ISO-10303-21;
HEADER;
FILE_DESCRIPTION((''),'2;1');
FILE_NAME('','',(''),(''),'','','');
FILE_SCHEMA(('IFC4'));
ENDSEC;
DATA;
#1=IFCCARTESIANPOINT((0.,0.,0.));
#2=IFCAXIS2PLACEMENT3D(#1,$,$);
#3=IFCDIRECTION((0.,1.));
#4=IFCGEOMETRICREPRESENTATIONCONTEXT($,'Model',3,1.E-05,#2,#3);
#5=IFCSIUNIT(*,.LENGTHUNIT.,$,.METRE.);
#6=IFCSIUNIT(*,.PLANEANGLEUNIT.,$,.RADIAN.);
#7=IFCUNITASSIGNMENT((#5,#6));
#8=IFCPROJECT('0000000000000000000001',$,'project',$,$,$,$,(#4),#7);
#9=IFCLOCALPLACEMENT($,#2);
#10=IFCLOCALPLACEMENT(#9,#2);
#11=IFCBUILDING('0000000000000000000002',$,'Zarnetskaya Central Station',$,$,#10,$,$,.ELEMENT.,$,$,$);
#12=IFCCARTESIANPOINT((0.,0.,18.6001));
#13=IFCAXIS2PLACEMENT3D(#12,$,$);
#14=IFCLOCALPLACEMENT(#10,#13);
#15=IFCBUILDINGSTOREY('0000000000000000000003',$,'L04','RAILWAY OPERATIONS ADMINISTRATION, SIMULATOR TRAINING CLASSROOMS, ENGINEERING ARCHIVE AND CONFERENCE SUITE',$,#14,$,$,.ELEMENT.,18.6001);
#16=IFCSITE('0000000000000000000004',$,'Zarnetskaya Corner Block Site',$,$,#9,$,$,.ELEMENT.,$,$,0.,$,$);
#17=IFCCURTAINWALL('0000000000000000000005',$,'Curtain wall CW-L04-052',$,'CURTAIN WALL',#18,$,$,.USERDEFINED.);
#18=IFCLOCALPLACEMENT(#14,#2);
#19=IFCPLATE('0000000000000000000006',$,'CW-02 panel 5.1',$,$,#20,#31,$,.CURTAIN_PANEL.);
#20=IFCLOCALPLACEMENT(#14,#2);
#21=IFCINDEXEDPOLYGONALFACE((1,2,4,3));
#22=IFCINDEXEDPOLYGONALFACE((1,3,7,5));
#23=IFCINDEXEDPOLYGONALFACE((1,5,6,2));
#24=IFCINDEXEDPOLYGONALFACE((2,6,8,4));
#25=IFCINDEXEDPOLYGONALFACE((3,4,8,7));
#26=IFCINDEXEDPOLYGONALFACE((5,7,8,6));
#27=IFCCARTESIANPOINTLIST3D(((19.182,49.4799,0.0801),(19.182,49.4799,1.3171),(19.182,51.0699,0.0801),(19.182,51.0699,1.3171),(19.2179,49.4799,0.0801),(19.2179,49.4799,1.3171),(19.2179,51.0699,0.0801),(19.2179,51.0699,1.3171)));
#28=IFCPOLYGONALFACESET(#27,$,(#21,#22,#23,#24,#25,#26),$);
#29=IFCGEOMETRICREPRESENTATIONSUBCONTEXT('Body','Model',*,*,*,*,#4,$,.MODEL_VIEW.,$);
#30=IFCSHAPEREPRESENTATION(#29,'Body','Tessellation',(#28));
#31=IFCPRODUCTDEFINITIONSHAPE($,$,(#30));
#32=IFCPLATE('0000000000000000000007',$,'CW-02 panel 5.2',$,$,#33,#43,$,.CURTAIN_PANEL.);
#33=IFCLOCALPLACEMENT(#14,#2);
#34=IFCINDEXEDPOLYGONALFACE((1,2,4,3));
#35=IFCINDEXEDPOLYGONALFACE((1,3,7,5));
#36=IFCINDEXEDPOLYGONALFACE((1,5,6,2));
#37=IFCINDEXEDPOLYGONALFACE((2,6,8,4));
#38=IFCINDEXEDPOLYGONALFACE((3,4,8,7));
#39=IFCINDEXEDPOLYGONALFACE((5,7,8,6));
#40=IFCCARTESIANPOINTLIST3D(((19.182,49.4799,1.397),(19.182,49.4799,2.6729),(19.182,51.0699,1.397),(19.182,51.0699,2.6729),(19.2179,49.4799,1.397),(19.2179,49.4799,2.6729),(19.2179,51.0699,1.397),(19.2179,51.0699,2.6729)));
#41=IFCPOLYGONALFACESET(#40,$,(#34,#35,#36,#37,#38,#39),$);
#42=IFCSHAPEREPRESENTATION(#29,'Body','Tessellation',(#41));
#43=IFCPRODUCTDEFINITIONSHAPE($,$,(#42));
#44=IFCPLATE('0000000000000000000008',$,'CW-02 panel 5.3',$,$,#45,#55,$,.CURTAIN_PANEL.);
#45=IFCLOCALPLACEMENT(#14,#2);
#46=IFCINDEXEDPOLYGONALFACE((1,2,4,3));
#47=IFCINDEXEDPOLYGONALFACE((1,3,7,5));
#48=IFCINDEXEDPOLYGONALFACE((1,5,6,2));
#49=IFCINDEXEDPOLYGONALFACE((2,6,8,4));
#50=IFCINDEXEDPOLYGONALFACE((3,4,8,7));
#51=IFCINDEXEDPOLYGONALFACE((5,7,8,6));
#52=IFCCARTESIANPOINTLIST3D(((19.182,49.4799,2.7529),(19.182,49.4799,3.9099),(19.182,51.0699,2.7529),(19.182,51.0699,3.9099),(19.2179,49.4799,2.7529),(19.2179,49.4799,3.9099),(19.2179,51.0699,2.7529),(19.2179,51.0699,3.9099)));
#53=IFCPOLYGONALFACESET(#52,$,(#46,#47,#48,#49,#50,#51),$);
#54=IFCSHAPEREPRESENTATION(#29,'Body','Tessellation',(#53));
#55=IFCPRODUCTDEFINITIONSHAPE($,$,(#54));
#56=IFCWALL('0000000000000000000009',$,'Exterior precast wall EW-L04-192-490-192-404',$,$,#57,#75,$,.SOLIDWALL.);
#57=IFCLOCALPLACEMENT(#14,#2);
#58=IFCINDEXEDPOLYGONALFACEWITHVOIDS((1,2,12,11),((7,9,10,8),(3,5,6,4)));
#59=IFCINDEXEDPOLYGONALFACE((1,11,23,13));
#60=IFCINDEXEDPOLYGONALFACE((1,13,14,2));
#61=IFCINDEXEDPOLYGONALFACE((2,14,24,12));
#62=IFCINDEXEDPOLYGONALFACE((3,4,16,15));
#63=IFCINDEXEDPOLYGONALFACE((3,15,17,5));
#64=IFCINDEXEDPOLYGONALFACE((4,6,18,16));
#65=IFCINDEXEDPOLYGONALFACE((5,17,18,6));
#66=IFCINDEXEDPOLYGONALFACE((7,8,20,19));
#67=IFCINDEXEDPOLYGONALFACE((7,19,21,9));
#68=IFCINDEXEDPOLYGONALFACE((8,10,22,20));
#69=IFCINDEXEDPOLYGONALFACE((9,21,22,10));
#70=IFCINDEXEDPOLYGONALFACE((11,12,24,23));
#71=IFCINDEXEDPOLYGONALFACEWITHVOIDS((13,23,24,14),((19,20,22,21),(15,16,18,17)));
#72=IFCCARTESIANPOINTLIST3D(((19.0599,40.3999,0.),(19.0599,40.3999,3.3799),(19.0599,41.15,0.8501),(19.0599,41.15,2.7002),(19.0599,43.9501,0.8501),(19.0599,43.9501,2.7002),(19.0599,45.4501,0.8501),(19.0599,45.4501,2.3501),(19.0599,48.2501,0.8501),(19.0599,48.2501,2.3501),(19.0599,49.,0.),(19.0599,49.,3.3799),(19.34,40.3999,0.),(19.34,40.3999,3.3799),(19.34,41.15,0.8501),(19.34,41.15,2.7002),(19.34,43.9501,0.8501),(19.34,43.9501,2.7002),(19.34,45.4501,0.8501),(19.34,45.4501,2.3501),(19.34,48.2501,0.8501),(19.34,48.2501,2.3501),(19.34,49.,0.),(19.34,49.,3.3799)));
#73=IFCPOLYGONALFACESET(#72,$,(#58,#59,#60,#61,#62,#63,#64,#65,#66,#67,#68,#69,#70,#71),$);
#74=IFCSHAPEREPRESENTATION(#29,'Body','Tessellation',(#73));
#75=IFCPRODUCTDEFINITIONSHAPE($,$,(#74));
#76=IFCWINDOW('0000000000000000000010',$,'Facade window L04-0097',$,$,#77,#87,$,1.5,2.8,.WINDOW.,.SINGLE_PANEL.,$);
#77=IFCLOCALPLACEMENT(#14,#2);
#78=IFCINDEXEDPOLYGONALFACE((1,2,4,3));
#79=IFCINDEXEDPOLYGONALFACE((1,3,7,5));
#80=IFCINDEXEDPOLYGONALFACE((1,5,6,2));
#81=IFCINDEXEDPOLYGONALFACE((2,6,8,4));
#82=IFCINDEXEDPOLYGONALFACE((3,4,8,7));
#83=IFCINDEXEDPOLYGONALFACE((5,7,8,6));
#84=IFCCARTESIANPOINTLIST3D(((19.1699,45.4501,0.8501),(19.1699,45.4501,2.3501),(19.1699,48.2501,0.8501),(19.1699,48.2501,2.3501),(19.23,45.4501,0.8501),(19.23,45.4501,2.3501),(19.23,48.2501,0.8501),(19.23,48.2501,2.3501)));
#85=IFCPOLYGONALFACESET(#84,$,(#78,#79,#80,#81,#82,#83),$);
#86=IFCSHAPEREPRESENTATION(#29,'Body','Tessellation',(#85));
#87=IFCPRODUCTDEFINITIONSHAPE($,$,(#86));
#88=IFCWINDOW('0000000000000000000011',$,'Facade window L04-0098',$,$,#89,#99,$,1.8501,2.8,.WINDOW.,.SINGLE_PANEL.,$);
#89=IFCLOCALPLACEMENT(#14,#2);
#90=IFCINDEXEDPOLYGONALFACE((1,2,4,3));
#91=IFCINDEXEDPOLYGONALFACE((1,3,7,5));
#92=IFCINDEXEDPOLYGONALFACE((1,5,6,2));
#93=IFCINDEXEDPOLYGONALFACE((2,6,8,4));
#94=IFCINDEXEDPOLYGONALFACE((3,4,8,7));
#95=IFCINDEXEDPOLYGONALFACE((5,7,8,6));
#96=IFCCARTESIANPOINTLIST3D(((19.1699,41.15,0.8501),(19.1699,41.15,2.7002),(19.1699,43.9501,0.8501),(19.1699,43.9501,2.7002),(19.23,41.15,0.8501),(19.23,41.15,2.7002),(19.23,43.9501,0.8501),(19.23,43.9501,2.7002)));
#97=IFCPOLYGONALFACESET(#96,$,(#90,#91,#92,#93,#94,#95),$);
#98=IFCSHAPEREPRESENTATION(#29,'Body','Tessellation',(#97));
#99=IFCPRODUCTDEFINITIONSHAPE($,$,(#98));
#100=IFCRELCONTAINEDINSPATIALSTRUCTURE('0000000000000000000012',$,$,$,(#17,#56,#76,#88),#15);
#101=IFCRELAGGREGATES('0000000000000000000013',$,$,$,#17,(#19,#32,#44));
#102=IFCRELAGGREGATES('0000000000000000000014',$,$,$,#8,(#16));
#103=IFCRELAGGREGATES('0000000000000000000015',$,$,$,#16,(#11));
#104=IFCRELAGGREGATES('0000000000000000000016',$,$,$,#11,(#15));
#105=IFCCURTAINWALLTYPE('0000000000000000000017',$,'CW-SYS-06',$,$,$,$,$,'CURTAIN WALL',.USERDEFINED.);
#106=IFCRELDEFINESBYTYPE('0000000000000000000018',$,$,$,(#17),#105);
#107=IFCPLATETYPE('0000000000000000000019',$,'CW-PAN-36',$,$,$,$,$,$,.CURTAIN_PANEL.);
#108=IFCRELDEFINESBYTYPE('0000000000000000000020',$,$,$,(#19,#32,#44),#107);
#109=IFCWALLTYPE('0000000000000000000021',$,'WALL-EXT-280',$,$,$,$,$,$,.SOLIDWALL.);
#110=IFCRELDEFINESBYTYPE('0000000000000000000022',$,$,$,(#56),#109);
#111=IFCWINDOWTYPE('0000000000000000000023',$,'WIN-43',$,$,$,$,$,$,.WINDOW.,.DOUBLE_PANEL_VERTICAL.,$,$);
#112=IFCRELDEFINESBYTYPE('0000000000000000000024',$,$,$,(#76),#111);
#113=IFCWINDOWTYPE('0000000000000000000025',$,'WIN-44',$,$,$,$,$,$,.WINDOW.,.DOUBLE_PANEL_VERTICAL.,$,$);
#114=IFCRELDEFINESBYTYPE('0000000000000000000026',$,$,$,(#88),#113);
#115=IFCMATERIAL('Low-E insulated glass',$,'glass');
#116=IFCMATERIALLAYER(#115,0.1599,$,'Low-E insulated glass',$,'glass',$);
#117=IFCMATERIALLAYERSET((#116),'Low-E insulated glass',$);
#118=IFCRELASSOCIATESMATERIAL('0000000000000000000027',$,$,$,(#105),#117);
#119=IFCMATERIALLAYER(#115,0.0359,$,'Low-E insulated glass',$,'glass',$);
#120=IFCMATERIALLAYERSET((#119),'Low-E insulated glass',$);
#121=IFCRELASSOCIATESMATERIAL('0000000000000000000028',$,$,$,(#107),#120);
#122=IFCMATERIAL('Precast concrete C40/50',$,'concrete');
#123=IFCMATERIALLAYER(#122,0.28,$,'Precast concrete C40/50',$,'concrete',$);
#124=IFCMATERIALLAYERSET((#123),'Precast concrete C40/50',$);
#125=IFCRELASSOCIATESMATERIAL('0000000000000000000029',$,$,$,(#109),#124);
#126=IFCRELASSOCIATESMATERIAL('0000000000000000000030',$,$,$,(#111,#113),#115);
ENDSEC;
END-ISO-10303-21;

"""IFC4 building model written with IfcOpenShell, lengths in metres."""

from ifc_helpers import new_model, si_unit, direction, frame, frame_2d, origin, origin_2d, place, context, subcontext, project, spatial, rectangle, extrude, material, layer, layer_set, type_object, element, fill, aggregate, save


model = new_model("IFC4")

# Units and contexts
model_context = context("Model", 3, precision=1e-05, world=origin(), true_north=direction((0.0, 1.0)))
body_context = subcontext(model_context, "Body", "Model", "MODEL_VIEW")
ifc_project = project(units=[si_unit("LENGTHUNIT", "METRE"), si_unit("PLANEANGLEUNIT", "RADIAN")], contexts=[model_context])

# Site, building, storey
site_placement = place(None, origin())
site = spatial("IfcSite", under=ifc_project, at=site_placement, Name="Zarnetskaya Corner Block Site", CompositionType="ELEMENT", RefElevation=0.0)
building_placement = place(site_placement, origin())
building = spatial("IfcBuilding", under=site, at=building_placement, Name="Zarnetskaya Central Station", CompositionType="ELEMENT")
storey_placement = place(building_placement, frame((0.0, 0.0, 18.6001)))
storey = spatial("IfcBuildingStorey", under=building, at=storey_placement, Name="L04", Description="RAILWAY OPERATIONS ADMINISTRATION, SIMULATOR TRAINING CLASSROOMS, ENGINEERING ARCHIVE AND CONFERENCE SUITE", CompositionType="ELEMENT", Elevation=18.6001)

# Curtain wall
ifc_material_1 = material(Name="Low-E insulated glass", Category="glass")
ifc_layer_1 = layer(ifc_material_1, 0.1599, Name="Low-E insulated glass", Category="glass")
ifc_layer_set_1 = layer_set([ifc_layer_1], Name="Low-E insulated glass")
curtain_wall_type_1 = type_object("IfcCurtainWallType", Name="CW-SYS-06", ElementType="CURTAIN WALL", PredefinedType="USERDEFINED", material=ifc_layer_set_1)
curtain_wall_1_placement = place(storey_placement, origin())
curtain_wall_1 = element("IfcCurtainWall", 1, at=curtain_wall_1_placement, inside=storey, type_object=curtain_wall_type_1, Name="Curtain wall CW-L04-052", ObjectType="CURTAIN WALL", PredefinedType="USERDEFINED")

# Plates
ifc_layer_2 = layer(ifc_material_1, 0.0359, Name="Low-E insulated glass", Category="glass")
ifc_layer_set_2 = layer_set([ifc_layer_2], Name="Low-E insulated glass")
plate_type = type_object("IfcPlateType", Name="CW-PAN-36", PredefinedType="CURTAIN_PANEL", material=ifc_layer_set_2)
plate_1_placement = place(storey_placement, frame((19.2, 50.2749, 0.0801), z_axis=(0.0, 0.0, 1.0), x_axis=(0.0, -1.0, 0.0)))
plate_1 = element("IfcPlate", 2, at=plate_1_placement, type_object=plate_type, Name="CW-02 panel 5.1", PredefinedType="CURTAIN_PANEL", context=body_context, shape_type="SweptSolid", body=[
    extrude(rectangle(XDim=1.5901, YDim=0.0359, at=origin_2d()), origin(), (0.0, 0.0, 1.0), 1.2371),
])
plate_2_placement = place(storey_placement, frame((19.2, 50.2749, 1.397), z_axis=(0.0, 0.0, 1.0), x_axis=(0.0, -1.0, 0.0)))
plate_2 = element("IfcPlate", 3, at=plate_2_placement, type_object=plate_type, Name="CW-02 panel 5.2", PredefinedType="CURTAIN_PANEL", context=body_context, shape_type="SweptSolid", body=[
    extrude(rectangle(XDim=1.5901, YDim=0.0359, at=origin_2d()), origin(), (0.0, 0.0, 1.0), 1.2759),
])
plate_3_placement = place(storey_placement, frame((19.2, 50.2749, 2.7529), z_axis=(0.0, 0.0, 1.0), x_axis=(0.0, -1.0, 0.0)))
plate_3 = element("IfcPlate", 4, at=plate_3_placement, type_object=plate_type, Name="CW-02 panel 5.3", PredefinedType="CURTAIN_PANEL", context=body_context, shape_type="SweptSolid", body=[
    extrude(rectangle(XDim=1.5901, YDim=0.0359, at=origin_2d()), origin(), (0.0, 0.0, 1.0), 1.157),
])
aggregate(curtain_wall_1, [plate_1, plate_2, plate_3])

# Wall, openings, windows
ifc_material_2 = material(Name="Precast concrete C40/50", Category="concrete")
ifc_layer_3 = layer(ifc_material_2, 0.28, Name="Precast concrete C40/50", Category="concrete")
ifc_layer_set_3 = layer_set([ifc_layer_3], Name="Precast concrete C40/50")
wall_type = type_object("IfcWallType", Name="WALL-EXT-280", PredefinedType="SOLIDWALL", material=ifc_layer_set_3)
wall_placement = place(storey_placement, frame((19.2, 49.0, 0.0), z_axis=(0.0, 0.0, 1.0), x_axis=(0.0, -1.0, 0.0)))
wall = element("IfcWall", 5, at=wall_placement, inside=storey, type_object=wall_type, Name="Exterior precast wall EW-L04-192-490-192-404", PredefinedType="SOLIDWALL", context=body_context, shape_type="SweptSolid", body=[
    extrude(rectangle(XDim=8.6001, YDim=0.28, at=frame_2d((4.3, 0.0))), origin(), (0.0, 0.0, 1.0), 3.3799),
])
opening_1_placement = place(wall_placement, frame((0.75, 0.0, 0.8501)))
opening_1 = element("IfcOpeningElement", 6, at=opening_1_placement, cuts=wall, PredefinedType="OPENING", context=body_context, shape_type="SweptSolid", body=[
    extrude(rectangle(XDim=2.8, YDim=1.5, at=frame_2d((1.3999, 0.75))), frame((0.0, 0.1499, 0.0), z_axis=(0.0, -1.0, 0.0), x_axis=(1.0, 0.0, 0.0)), (0.0, 0.0, 1.0), 0.3),
])
opening_2_placement = place(wall_placement, frame((5.05, 0.0, 0.8501)))
opening_2 = element("IfcOpeningElement", 7, at=opening_2_placement, cuts=wall, PredefinedType="OPENING", context=body_context, shape_type="SweptSolid", body=[
    extrude(rectangle(XDim=2.8, YDim=1.8501, at=frame_2d((1.3999, 0.925))), frame((0.0, 0.1499, 0.0), z_axis=(0.0, -1.0, 0.0), x_axis=(1.0, 0.0, 0.0)), (0.0, 0.0, 1.0), 0.3),
])
window_type_1 = type_object("IfcWindowType", Name="WIN-43", PartitioningType="DOUBLE_PANEL_VERTICAL", PredefinedType="WINDOW", material=ifc_material_1)
window_1_placement = place(opening_1_placement, origin())
window_1 = element("IfcWindow", 8, at=window_1_placement, inside=storey, type_object=window_type_1, Name="Facade window L04-0097", OverallHeight=1.5, OverallWidth=2.8, PartitioningType="SINGLE_PANEL", PredefinedType="WINDOW", context=body_context, shape_type="SweptSolid", body=[
    extrude(rectangle(XDim=2.8, YDim=1.5, at=frame_2d((1.3999, 0.75))), frame((0.0, 0.03, 0.0), z_axis=(0.0, -1.0, 0.0), x_axis=(1.0, 0.0, 0.0)), (0.0, 0.0, 1.0), 0.0601),
])
fill(opening_1, window_1)
window_type_2 = type_object("IfcWindowType", Name="WIN-44", PartitioningType="DOUBLE_PANEL_VERTICAL", PredefinedType="WINDOW", material=ifc_material_1)
window_2_placement = place(opening_2_placement, origin())
window_2 = element("IfcWindow", 9, at=window_2_placement, inside=storey, type_object=window_type_2, Name="Facade window L04-0098", OverallHeight=1.8501, OverallWidth=2.8, PartitioningType="SINGLE_PANEL", PredefinedType="WINDOW", context=body_context, shape_type="SweptSolid", body=[
    extrude(rectangle(XDim=2.8, YDim=1.8501, at=frame_2d((1.3999, 0.925))), frame((0.0, 0.03, 0.0), z_axis=(0.0, -1.0, 0.0), x_axis=(1.0, 0.0, 0.0)), (0.0, 0.0, 1.0), 0.0601),
])
fill(opening_2, window_2)

save(model, "model.ifc")
